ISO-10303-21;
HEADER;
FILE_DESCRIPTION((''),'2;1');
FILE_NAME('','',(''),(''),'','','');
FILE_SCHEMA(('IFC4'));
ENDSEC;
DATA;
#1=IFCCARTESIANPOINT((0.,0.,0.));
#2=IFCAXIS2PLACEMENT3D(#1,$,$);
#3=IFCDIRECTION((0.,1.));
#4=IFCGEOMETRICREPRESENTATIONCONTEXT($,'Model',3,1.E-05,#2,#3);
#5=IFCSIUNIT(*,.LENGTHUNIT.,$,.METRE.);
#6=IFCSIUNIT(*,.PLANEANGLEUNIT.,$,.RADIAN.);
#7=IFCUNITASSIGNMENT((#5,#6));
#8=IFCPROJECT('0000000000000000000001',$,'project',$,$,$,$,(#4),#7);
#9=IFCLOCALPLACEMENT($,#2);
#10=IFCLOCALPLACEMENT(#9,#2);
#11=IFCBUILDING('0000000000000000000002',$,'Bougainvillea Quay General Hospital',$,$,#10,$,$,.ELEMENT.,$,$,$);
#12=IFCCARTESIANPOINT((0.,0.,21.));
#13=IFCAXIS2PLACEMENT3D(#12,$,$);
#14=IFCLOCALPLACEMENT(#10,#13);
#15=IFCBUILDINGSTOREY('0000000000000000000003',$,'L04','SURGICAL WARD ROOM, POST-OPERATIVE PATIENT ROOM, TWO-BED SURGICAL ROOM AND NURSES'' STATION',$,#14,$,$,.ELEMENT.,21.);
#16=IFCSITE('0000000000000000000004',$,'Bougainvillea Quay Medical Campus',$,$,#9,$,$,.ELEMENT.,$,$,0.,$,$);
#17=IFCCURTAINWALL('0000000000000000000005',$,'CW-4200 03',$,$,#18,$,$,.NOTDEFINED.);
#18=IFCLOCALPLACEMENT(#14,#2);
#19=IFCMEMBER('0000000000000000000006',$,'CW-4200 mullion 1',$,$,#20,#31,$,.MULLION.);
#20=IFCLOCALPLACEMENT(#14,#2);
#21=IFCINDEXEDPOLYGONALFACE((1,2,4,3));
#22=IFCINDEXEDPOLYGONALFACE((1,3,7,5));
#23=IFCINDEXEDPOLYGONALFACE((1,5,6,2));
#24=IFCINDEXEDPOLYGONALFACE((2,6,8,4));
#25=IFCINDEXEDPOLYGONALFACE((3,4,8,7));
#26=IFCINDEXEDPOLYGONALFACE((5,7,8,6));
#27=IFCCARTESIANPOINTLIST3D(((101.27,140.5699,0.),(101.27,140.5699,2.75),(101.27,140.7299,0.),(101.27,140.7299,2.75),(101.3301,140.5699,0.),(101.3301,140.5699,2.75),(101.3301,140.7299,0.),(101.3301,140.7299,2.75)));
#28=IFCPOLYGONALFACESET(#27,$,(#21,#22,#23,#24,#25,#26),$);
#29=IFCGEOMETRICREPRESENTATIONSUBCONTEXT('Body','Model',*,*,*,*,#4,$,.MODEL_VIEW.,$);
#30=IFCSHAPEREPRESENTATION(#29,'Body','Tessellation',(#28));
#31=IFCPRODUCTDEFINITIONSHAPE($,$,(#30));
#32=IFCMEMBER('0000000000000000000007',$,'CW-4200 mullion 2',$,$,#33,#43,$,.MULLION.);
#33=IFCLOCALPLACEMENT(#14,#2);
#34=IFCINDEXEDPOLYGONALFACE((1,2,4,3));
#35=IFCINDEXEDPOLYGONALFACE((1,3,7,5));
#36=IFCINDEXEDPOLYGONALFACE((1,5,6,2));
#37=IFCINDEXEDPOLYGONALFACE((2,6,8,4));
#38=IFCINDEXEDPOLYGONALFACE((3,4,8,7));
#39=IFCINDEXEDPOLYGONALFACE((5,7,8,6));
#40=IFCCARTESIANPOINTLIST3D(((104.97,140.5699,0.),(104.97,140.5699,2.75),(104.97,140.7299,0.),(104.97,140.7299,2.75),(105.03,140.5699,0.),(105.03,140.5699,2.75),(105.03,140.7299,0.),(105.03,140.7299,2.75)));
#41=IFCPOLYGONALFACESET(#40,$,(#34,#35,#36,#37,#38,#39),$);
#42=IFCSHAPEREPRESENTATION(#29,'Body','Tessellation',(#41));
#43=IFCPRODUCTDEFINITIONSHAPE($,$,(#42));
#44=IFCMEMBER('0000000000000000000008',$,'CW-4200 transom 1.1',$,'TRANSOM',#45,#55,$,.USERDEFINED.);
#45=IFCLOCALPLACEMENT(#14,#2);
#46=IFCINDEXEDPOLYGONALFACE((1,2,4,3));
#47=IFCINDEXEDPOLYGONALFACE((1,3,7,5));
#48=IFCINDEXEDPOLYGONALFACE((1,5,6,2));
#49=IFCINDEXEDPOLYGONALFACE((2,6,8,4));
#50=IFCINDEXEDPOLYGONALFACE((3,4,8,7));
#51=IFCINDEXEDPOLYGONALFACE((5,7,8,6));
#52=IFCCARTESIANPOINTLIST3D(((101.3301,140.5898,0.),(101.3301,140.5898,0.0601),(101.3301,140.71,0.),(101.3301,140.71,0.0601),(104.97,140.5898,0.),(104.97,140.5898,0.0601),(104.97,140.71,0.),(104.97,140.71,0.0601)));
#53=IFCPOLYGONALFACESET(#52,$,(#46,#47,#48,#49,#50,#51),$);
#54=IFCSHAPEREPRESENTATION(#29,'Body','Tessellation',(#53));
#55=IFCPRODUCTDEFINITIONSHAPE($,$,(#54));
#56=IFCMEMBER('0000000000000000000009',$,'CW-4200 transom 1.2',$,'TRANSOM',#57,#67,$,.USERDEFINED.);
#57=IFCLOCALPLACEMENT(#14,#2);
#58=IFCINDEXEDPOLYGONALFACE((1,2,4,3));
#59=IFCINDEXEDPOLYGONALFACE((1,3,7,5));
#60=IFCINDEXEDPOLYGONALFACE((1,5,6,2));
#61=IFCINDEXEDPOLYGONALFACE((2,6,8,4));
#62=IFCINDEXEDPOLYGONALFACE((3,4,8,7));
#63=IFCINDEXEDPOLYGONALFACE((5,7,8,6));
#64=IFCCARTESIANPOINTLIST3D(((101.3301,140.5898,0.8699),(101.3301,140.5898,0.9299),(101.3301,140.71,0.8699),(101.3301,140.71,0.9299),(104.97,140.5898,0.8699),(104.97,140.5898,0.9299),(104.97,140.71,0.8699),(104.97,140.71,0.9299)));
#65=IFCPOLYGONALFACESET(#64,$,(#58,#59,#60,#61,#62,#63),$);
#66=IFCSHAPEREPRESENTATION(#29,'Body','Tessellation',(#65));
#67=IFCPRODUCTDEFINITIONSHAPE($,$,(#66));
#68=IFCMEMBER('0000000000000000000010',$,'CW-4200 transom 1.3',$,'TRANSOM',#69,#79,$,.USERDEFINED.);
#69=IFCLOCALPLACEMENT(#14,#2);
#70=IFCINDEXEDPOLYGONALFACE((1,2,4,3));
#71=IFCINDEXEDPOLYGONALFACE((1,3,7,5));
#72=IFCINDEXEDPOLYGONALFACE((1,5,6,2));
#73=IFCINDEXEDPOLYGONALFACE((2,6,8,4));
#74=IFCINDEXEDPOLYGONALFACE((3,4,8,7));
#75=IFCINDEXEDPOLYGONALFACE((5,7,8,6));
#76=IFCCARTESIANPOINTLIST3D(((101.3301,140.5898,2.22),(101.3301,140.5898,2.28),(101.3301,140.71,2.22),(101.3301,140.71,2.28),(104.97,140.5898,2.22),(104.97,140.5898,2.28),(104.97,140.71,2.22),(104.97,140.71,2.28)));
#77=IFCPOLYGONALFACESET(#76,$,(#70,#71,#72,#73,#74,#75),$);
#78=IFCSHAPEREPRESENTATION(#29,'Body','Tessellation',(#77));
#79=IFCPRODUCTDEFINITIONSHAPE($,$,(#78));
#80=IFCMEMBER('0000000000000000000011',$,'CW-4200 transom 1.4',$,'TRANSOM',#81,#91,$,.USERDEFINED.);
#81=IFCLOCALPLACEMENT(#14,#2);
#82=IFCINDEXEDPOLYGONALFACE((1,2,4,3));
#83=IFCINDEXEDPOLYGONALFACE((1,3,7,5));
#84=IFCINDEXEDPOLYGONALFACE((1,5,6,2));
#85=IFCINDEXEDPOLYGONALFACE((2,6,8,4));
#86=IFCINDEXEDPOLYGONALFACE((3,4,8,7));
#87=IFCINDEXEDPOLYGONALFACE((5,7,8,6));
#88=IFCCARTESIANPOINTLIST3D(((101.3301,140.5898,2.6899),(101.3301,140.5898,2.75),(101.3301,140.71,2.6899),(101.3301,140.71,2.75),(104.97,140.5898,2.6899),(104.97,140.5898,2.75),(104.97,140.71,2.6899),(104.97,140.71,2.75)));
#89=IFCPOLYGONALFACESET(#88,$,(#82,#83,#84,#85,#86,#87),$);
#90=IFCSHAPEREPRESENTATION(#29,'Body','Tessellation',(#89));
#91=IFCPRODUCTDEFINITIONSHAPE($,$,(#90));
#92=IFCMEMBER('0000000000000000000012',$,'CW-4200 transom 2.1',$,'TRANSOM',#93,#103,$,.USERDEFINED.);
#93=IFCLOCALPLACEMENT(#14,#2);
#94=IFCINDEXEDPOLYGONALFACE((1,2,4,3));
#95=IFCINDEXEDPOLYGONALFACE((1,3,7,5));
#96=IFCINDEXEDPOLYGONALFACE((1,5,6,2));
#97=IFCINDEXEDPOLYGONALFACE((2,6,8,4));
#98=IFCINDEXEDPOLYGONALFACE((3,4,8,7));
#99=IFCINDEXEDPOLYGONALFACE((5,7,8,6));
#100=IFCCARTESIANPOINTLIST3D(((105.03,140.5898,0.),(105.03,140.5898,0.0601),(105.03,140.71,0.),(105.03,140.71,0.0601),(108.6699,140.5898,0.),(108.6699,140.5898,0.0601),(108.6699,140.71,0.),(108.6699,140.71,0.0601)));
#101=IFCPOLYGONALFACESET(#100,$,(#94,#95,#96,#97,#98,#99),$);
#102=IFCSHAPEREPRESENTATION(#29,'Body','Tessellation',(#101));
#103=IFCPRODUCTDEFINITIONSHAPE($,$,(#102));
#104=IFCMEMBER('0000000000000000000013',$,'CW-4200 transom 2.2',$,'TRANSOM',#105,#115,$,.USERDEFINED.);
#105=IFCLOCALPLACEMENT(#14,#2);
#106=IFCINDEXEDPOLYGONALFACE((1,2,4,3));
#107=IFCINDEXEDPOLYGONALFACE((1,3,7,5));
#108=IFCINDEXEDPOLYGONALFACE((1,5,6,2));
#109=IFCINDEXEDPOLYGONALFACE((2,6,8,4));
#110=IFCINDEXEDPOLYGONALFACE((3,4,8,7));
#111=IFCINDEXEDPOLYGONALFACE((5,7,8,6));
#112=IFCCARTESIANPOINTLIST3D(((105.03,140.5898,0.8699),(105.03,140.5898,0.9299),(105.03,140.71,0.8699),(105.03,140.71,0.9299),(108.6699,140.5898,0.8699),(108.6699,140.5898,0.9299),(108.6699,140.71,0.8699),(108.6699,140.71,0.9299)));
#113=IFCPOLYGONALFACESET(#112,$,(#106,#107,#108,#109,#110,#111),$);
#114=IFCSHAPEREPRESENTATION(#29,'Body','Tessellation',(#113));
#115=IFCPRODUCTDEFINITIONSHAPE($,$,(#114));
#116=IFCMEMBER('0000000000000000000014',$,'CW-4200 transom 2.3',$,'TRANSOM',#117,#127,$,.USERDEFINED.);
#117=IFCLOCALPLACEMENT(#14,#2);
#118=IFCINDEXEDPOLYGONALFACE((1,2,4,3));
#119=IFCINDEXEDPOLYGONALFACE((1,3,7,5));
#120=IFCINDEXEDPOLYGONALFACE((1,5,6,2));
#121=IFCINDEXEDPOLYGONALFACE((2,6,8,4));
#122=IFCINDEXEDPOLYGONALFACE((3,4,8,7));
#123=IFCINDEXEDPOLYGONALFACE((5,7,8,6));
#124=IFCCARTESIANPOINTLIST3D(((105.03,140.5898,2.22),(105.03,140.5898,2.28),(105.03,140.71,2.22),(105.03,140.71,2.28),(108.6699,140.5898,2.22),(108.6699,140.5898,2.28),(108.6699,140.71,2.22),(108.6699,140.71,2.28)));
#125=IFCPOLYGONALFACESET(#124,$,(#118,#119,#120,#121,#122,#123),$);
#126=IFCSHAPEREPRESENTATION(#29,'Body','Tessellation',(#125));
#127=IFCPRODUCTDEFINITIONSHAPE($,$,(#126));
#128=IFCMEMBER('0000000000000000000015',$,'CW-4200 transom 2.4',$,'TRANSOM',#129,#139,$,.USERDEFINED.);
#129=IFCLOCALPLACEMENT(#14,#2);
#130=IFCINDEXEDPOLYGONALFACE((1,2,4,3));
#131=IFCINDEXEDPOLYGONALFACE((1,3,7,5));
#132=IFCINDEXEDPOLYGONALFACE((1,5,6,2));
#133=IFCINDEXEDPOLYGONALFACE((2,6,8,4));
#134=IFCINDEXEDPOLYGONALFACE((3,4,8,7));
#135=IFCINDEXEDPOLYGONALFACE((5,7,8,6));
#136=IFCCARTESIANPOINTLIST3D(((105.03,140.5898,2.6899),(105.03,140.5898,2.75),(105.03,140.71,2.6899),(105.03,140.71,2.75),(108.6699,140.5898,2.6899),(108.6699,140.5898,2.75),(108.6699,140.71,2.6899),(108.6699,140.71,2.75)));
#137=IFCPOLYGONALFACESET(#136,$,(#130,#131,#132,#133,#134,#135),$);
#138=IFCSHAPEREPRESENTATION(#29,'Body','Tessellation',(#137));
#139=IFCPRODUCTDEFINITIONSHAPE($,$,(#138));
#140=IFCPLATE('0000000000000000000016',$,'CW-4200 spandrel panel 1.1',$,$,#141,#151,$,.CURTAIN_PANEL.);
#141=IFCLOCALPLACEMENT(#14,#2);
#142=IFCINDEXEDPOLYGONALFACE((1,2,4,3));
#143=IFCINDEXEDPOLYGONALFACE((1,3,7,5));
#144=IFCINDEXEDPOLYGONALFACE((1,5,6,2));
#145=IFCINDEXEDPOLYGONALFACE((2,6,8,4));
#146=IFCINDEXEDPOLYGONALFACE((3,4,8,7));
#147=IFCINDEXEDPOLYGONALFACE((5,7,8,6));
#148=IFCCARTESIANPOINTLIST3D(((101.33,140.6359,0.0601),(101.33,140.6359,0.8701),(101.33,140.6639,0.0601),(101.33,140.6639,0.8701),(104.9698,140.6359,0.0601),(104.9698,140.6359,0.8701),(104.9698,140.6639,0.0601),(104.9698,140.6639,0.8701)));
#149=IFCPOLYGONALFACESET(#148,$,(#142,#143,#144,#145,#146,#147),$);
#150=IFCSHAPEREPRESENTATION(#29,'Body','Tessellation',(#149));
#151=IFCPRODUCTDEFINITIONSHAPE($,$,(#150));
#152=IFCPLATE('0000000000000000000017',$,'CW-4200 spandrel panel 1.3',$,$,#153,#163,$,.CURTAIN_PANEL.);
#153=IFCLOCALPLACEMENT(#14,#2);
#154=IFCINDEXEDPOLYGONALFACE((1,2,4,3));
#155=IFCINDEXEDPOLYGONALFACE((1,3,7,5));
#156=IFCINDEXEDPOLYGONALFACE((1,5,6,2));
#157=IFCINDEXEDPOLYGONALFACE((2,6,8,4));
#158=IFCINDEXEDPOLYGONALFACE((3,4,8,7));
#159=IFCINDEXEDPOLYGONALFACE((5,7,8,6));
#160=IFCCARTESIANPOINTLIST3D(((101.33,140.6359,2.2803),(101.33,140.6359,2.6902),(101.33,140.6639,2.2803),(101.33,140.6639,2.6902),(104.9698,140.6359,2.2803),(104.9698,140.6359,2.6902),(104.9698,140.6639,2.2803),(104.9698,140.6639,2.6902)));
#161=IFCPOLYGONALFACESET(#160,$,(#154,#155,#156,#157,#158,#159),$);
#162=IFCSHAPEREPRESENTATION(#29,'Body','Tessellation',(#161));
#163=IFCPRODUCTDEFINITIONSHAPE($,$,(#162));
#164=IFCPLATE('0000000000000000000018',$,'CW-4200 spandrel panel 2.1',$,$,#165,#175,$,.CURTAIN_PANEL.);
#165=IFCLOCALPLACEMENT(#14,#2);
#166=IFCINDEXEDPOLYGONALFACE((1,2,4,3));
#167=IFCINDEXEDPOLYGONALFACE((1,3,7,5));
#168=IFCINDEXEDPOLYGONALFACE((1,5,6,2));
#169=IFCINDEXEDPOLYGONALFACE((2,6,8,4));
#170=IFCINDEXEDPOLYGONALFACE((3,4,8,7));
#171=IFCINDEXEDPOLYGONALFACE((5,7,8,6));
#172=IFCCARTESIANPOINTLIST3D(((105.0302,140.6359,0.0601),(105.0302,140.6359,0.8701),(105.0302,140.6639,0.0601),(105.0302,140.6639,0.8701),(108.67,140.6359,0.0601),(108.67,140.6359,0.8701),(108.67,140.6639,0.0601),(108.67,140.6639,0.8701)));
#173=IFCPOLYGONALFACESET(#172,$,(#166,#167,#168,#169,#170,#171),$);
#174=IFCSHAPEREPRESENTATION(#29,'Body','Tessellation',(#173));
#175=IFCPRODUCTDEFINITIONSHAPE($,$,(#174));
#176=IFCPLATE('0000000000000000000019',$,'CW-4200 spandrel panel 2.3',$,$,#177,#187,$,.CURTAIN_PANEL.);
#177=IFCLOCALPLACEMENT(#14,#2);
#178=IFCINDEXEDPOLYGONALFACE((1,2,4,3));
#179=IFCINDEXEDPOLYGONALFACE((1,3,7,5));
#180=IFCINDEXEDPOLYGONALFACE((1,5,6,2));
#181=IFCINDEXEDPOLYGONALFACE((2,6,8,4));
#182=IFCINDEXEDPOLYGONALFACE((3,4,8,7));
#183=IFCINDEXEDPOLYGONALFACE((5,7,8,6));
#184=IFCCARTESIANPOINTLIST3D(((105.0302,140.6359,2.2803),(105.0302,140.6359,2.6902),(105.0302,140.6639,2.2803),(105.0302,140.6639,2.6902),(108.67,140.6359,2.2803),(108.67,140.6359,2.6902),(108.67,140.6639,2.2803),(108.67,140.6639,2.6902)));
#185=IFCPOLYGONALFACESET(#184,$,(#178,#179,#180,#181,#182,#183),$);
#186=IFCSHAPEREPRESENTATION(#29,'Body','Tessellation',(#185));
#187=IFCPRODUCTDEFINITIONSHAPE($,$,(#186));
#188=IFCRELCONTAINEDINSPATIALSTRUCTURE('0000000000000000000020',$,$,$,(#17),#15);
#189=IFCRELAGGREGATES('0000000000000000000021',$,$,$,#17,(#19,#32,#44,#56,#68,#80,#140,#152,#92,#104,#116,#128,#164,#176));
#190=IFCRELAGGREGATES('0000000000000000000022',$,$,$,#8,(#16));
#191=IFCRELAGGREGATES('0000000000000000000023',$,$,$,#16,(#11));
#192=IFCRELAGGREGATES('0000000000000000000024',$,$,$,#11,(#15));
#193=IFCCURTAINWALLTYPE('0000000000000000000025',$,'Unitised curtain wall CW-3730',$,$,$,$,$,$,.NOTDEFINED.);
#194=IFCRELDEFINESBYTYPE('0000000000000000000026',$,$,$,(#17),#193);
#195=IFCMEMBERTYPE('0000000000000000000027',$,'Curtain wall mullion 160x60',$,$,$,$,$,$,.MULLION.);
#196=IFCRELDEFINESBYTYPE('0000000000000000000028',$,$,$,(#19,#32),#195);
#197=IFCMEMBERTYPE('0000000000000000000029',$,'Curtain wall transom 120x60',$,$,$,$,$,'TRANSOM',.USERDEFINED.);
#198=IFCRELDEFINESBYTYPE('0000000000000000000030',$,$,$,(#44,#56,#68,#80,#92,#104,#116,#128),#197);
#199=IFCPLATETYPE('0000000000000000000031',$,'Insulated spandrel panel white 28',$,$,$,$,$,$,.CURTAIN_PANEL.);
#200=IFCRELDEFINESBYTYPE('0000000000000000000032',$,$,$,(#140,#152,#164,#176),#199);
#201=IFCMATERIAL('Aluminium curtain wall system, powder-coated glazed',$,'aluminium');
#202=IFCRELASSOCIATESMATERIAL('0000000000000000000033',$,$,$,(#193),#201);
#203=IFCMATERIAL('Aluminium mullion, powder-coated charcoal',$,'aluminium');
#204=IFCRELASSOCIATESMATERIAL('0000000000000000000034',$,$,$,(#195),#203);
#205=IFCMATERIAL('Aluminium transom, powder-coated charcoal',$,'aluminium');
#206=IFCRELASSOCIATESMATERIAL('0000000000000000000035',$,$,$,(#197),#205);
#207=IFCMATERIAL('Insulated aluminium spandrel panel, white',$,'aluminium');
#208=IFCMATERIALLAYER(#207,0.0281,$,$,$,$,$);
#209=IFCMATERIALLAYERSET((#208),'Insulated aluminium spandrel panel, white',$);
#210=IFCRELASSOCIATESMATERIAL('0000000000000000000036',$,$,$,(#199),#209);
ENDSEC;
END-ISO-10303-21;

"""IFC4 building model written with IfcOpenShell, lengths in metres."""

from ifc_helpers import new_model, si_unit, direction, frame, origin, origin_2d, place, context, subcontext, project, spatial, rectangle, extrude, material, layer, layer_set, material_profile, profile_set, type_object, element, aggregate, save


model = new_model("IFC4")

# Units and contexts
model_context = context("Model", 3, precision=1e-05, world=origin(), true_north=direction((0.0, 1.0)))
body_context = subcontext(model_context, "Body", "Model", "MODEL_VIEW")
ifc_project = project(units=[si_unit("LENGTHUNIT", "METRE"), si_unit("PLANEANGLEUNIT", "RADIAN")], contexts=[model_context])

# Site, building, storey
site_placement = place(None, origin())
site = spatial("IfcSite", under=ifc_project, at=site_placement, Name="Bougainvillea Quay Medical Campus", CompositionType="ELEMENT", RefElevation=0.0)
building_placement = place(site_placement, origin())
building = spatial("IfcBuilding", under=site, at=building_placement, Name="Bougainvillea Quay General Hospital", CompositionType="ELEMENT")
storey_placement = place(building_placement, frame((0.0, 0.0, 21.0)))
storey = spatial("IfcBuildingStorey", under=building, at=storey_placement, Name="L04", Description="SURGICAL WARD ROOM, POST-OPERATIVE PATIENT ROOM, TWO-BED SURGICAL ROOM AND NURSES' STATION", CompositionType="ELEMENT", Elevation=21.0)

# Curtain wall, members, plates
ifc_material_1 = material(Name="Aluminium curtain wall system, powder-coated glazed", Category="aluminium")
curtain_wall_type = type_object("IfcCurtainWallType", Name="Unitised curtain wall CW-3730", PredefinedType="NOTDEFINED", material=ifc_material_1)
curtain_wall_placement = place(storey_placement, origin())
curtain_wall = element("IfcCurtainWall", 1, at=curtain_wall_placement, inside=storey, type_object=curtain_wall_type, Name="CW-4200 03", PredefinedType="NOTDEFINED")
ifc_material_2 = material(Name="Aluminium mullion, powder-coated charcoal", Category="aluminium")
ifc_material_profile_1 = material_profile(ifc_material_2, rectangle(XDim=0.1599, YDim=0.0601, at=origin_2d()))
ifc_profile_set_1 = profile_set([ifc_material_profile_1], Name="Aluminium mullion, powder-coated charcoal")
member_type_1 = type_object("IfcMemberType", Name="Curtain wall mullion 160x60", PredefinedType="MULLION", material=ifc_profile_set_1)
member_1_placement = place(storey_placement, frame((101.3, 140.6499, 0.0), z_axis=(0.0, 0.0, 1.0), x_axis=(0.0, 1.0, 0.0)))
member_1 = element("IfcMember", 2, at=member_1_placement, type_object=member_type_1, Name="CW-4200 mullion 1", PredefinedType="MULLION", context=body_context, shape_type="SweptSolid", body=[
    extrude(rectangle(XDim=0.1599, YDim=0.0601, at=origin_2d()), origin(), (0.0, 0.0, 1.0), 2.75),
])
member_2_placement = place(storey_placement, frame((105.0, 140.6499, 0.0), z_axis=(0.0, 0.0, 1.0), x_axis=(0.0, 1.0, 0.0)))
member_2 = element("IfcMember", 3, at=member_2_placement, type_object=member_type_1, Name="CW-4200 mullion 2", PredefinedType="MULLION", context=body_context, shape_type="SweptSolid", body=[
    extrude(rectangle(XDim=0.1599, YDim=0.0601, at=origin_2d()), origin(), (0.0, 0.0, 1.0), 2.75),
])
ifc_material_3 = material(Name="Aluminium transom, powder-coated charcoal", Category="aluminium")
ifc_material_profile_2 = material_profile(ifc_material_3, rectangle(XDim=0.1201, YDim=0.0601, at=origin_2d()))
ifc_profile_set_2 = profile_set([ifc_material_profile_2], Name="Aluminium transom, powder-coated charcoal")
member_type_2 = type_object("IfcMemberType", Name="Curtain wall transom 120x60", ElementType="TRANSOM", PredefinedType="USERDEFINED", material=ifc_profile_set_2)
member_3_placement = place(storey_placement, frame((101.3301, 140.6499, 0.03), z_axis=(1.0, 0.0, 0.0), x_axis=(0.0, 1.0, 0.0)))
member_3 = element("IfcMember", 4, at=member_3_placement, type_object=member_type_2, Name="CW-4200 transom 1.1", ObjectType="TRANSOM", PredefinedType="USERDEFINED", context=body_context, shape_type="SweptSolid", body=[
    extrude(rectangle(XDim=0.1201, YDim=0.0601, at=origin_2d()), origin(), (0.0, 0.0, 1.0), 3.6399),
])
member_4_placement = place(storey_placement, frame((101.3301, 140.6499, 0.8999), z_axis=(1.0, 0.0, 0.0), x_axis=(0.0, 1.0, 0.0)))
member_4 = element("IfcMember", 5, at=member_4_placement, type_object=member_type_2, Name="CW-4200 transom 1.2", ObjectType="TRANSOM", PredefinedType="USERDEFINED", context=body_context, shape_type="SweptSolid", body=[
    extrude(rectangle(XDim=0.1201, YDim=0.0601, at=origin_2d()), origin(), (0.0, 0.0, 1.0), 3.6399),
])
member_5_placement = place(storey_placement, frame((101.3301, 140.6499, 2.25), z_axis=(1.0, 0.0, 0.0), x_axis=(0.0, 1.0, 0.0)))
member_5 = element("IfcMember", 6, at=member_5_placement, type_object=member_type_2, Name="CW-4200 transom 1.3", ObjectType="TRANSOM", PredefinedType="USERDEFINED", context=body_context, shape_type="SweptSolid", body=[
    extrude(rectangle(XDim=0.1201, YDim=0.0601, at=origin_2d()), origin(), (0.0, 0.0, 1.0), 3.6399),
])
member_6_placement = place(storey_placement, frame((101.3301, 140.6499, 2.72), z_axis=(1.0, 0.0, 0.0), x_axis=(0.0, 1.0, 0.0)))
member_6 = element("IfcMember", 7, at=member_6_placement, type_object=member_type_2, Name="CW-4200 transom 1.4", ObjectType="TRANSOM", PredefinedType="USERDEFINED", context=body_context, shape_type="SweptSolid", body=[
    extrude(rectangle(XDim=0.1201, YDim=0.0601, at=origin_2d()), origin(), (0.0, 0.0, 1.0), 3.6399),
])
member_7_placement = place(storey_placement, frame((105.03, 140.6499, 0.03), z_axis=(1.0, 0.0, 0.0), x_axis=(0.0, 1.0, 0.0)))
member_7 = element("IfcMember", 8, at=member_7_placement, type_object=member_type_2, Name="CW-4200 transom 2.1", ObjectType="TRANSOM", PredefinedType="USERDEFINED", context=body_context, shape_type="SweptSolid", body=[
    extrude(rectangle(XDim=0.1201, YDim=0.0601, at=origin_2d()), origin(), (0.0, 0.0, 1.0), 3.6399),
])
member_8_placement = place(storey_placement, frame((105.03, 140.6499, 0.8999), z_axis=(1.0, 0.0, 0.0), x_axis=(0.0, 1.0, 0.0)))
member_8 = element("IfcMember", 9, at=member_8_placement, type_object=member_type_2, Name="CW-4200 transom 2.2", ObjectType="TRANSOM", PredefinedType="USERDEFINED", context=body_context, shape_type="SweptSolid", body=[
    extrude(rectangle(XDim=0.1201, YDim=0.0601, at=origin_2d()), origin(), (0.0, 0.0, 1.0), 3.6399),
])
member_9_placement = place(storey_placement, frame((105.03, 140.6499, 2.25), z_axis=(1.0, 0.0, 0.0), x_axis=(0.0, 1.0, 0.0)))
member_9 = element("IfcMember", 10, at=member_9_placement, type_object=member_type_2, Name="CW-4200 transom 2.3", ObjectType="TRANSOM", PredefinedType="USERDEFINED", context=body_context, shape_type="SweptSolid", body=[
    extrude(rectangle(XDim=0.1201, YDim=0.0601, at=origin_2d()), origin(), (0.0, 0.0, 1.0), 3.6399),
])
member_10_placement = place(storey_placement, frame((105.03, 140.6499, 2.72), z_axis=(1.0, 0.0, 0.0), x_axis=(0.0, 1.0, 0.0)))
member_10 = element("IfcMember", 11, at=member_10_placement, type_object=member_type_2, Name="CW-4200 transom 2.4", ObjectType="TRANSOM", PredefinedType="USERDEFINED", context=body_context, shape_type="SweptSolid", body=[
    extrude(rectangle(XDim=0.1201, YDim=0.0601, at=origin_2d()), origin(), (0.0, 0.0, 1.0), 3.6399),
])
ifc_material_4 = material(Name="Insulated aluminium spandrel panel, white", Category="aluminium")
ifc_layer_1 = layer(ifc_material_4, 0.0281)
ifc_layer_set_1 = layer_set([ifc_layer_1], Name="Insulated aluminium spandrel panel, white")
plate_type_1 = type_object("IfcPlateType", Name="Insulated spandrel panel white 28", PredefinedType="CURTAIN_PANEL", material=ifc_layer_set_1)
plate_1_placement = place(storey_placement, frame((103.1499, 140.6499, 0.0601), z_axis=(0.0, 0.0, 1.0), x_axis=(1.0, 0.0, 0.0)))
plate_1 = element("IfcPlate", 12, at=plate_1_placement, type_object=plate_type_1, Name="CW-4200 spandrel panel 1.1", PredefinedType="CURTAIN_PANEL", context=body_context, shape_type="SweptSolid", body=[
    extrude(rectangle(XDim=3.6399, YDim=0.0281, at=origin_2d()), origin(), (0.0, 0.0, 1.0), 0.8101),
])
plate_2_placement = place(storey_placement, frame((103.1499, 140.6499, 2.2803), z_axis=(0.0, 0.0, 1.0), x_axis=(1.0, 0.0, 0.0)))
plate_2 = element("IfcPlate", 13, at=plate_2_placement, type_object=plate_type_1, Name="CW-4200 spandrel panel 1.3", PredefinedType="CURTAIN_PANEL", context=body_context, shape_type="SweptSolid", body=[
    extrude(rectangle(XDim=3.6399, YDim=0.0281, at=origin_2d()), origin(), (0.0, 0.0, 1.0), 0.4099),
])
plate_3_placement = place(storey_placement, frame((106.8501, 140.6499, 0.0601), z_axis=(0.0, 0.0, 1.0), x_axis=(1.0, 0.0, 0.0)))
plate_3 = element("IfcPlate", 14, at=plate_3_placement, type_object=plate_type_1, Name="CW-4200 spandrel panel 2.1", PredefinedType="CURTAIN_PANEL", context=body_context, shape_type="SweptSolid", body=[
    extrude(rectangle(XDim=3.6399, YDim=0.0281, at=origin_2d()), origin(), (0.0, 0.0, 1.0), 0.8101),
])
plate_4_placement = place(storey_placement, frame((106.8501, 140.6499, 2.2803), z_axis=(0.0, 0.0, 1.0), x_axis=(1.0, 0.0, 0.0)))
plate_4 = element("IfcPlate", 15, at=plate_4_placement, type_object=plate_type_1, Name="CW-4200 spandrel panel 2.3", PredefinedType="CURTAIN_PANEL", context=body_context, shape_type="SweptSolid", body=[
    extrude(rectangle(XDim=3.6399, YDim=0.0281, at=origin_2d()), origin(), (0.0, 0.0, 1.0), 0.4099),
])
aggregate(curtain_wall, [member_1, member_2, member_3, member_4, member_5, member_6, plate_1, plate_2, member_7, member_8, member_9, member_10, plate_3, plate_4])

save(model, "model.ifc")
